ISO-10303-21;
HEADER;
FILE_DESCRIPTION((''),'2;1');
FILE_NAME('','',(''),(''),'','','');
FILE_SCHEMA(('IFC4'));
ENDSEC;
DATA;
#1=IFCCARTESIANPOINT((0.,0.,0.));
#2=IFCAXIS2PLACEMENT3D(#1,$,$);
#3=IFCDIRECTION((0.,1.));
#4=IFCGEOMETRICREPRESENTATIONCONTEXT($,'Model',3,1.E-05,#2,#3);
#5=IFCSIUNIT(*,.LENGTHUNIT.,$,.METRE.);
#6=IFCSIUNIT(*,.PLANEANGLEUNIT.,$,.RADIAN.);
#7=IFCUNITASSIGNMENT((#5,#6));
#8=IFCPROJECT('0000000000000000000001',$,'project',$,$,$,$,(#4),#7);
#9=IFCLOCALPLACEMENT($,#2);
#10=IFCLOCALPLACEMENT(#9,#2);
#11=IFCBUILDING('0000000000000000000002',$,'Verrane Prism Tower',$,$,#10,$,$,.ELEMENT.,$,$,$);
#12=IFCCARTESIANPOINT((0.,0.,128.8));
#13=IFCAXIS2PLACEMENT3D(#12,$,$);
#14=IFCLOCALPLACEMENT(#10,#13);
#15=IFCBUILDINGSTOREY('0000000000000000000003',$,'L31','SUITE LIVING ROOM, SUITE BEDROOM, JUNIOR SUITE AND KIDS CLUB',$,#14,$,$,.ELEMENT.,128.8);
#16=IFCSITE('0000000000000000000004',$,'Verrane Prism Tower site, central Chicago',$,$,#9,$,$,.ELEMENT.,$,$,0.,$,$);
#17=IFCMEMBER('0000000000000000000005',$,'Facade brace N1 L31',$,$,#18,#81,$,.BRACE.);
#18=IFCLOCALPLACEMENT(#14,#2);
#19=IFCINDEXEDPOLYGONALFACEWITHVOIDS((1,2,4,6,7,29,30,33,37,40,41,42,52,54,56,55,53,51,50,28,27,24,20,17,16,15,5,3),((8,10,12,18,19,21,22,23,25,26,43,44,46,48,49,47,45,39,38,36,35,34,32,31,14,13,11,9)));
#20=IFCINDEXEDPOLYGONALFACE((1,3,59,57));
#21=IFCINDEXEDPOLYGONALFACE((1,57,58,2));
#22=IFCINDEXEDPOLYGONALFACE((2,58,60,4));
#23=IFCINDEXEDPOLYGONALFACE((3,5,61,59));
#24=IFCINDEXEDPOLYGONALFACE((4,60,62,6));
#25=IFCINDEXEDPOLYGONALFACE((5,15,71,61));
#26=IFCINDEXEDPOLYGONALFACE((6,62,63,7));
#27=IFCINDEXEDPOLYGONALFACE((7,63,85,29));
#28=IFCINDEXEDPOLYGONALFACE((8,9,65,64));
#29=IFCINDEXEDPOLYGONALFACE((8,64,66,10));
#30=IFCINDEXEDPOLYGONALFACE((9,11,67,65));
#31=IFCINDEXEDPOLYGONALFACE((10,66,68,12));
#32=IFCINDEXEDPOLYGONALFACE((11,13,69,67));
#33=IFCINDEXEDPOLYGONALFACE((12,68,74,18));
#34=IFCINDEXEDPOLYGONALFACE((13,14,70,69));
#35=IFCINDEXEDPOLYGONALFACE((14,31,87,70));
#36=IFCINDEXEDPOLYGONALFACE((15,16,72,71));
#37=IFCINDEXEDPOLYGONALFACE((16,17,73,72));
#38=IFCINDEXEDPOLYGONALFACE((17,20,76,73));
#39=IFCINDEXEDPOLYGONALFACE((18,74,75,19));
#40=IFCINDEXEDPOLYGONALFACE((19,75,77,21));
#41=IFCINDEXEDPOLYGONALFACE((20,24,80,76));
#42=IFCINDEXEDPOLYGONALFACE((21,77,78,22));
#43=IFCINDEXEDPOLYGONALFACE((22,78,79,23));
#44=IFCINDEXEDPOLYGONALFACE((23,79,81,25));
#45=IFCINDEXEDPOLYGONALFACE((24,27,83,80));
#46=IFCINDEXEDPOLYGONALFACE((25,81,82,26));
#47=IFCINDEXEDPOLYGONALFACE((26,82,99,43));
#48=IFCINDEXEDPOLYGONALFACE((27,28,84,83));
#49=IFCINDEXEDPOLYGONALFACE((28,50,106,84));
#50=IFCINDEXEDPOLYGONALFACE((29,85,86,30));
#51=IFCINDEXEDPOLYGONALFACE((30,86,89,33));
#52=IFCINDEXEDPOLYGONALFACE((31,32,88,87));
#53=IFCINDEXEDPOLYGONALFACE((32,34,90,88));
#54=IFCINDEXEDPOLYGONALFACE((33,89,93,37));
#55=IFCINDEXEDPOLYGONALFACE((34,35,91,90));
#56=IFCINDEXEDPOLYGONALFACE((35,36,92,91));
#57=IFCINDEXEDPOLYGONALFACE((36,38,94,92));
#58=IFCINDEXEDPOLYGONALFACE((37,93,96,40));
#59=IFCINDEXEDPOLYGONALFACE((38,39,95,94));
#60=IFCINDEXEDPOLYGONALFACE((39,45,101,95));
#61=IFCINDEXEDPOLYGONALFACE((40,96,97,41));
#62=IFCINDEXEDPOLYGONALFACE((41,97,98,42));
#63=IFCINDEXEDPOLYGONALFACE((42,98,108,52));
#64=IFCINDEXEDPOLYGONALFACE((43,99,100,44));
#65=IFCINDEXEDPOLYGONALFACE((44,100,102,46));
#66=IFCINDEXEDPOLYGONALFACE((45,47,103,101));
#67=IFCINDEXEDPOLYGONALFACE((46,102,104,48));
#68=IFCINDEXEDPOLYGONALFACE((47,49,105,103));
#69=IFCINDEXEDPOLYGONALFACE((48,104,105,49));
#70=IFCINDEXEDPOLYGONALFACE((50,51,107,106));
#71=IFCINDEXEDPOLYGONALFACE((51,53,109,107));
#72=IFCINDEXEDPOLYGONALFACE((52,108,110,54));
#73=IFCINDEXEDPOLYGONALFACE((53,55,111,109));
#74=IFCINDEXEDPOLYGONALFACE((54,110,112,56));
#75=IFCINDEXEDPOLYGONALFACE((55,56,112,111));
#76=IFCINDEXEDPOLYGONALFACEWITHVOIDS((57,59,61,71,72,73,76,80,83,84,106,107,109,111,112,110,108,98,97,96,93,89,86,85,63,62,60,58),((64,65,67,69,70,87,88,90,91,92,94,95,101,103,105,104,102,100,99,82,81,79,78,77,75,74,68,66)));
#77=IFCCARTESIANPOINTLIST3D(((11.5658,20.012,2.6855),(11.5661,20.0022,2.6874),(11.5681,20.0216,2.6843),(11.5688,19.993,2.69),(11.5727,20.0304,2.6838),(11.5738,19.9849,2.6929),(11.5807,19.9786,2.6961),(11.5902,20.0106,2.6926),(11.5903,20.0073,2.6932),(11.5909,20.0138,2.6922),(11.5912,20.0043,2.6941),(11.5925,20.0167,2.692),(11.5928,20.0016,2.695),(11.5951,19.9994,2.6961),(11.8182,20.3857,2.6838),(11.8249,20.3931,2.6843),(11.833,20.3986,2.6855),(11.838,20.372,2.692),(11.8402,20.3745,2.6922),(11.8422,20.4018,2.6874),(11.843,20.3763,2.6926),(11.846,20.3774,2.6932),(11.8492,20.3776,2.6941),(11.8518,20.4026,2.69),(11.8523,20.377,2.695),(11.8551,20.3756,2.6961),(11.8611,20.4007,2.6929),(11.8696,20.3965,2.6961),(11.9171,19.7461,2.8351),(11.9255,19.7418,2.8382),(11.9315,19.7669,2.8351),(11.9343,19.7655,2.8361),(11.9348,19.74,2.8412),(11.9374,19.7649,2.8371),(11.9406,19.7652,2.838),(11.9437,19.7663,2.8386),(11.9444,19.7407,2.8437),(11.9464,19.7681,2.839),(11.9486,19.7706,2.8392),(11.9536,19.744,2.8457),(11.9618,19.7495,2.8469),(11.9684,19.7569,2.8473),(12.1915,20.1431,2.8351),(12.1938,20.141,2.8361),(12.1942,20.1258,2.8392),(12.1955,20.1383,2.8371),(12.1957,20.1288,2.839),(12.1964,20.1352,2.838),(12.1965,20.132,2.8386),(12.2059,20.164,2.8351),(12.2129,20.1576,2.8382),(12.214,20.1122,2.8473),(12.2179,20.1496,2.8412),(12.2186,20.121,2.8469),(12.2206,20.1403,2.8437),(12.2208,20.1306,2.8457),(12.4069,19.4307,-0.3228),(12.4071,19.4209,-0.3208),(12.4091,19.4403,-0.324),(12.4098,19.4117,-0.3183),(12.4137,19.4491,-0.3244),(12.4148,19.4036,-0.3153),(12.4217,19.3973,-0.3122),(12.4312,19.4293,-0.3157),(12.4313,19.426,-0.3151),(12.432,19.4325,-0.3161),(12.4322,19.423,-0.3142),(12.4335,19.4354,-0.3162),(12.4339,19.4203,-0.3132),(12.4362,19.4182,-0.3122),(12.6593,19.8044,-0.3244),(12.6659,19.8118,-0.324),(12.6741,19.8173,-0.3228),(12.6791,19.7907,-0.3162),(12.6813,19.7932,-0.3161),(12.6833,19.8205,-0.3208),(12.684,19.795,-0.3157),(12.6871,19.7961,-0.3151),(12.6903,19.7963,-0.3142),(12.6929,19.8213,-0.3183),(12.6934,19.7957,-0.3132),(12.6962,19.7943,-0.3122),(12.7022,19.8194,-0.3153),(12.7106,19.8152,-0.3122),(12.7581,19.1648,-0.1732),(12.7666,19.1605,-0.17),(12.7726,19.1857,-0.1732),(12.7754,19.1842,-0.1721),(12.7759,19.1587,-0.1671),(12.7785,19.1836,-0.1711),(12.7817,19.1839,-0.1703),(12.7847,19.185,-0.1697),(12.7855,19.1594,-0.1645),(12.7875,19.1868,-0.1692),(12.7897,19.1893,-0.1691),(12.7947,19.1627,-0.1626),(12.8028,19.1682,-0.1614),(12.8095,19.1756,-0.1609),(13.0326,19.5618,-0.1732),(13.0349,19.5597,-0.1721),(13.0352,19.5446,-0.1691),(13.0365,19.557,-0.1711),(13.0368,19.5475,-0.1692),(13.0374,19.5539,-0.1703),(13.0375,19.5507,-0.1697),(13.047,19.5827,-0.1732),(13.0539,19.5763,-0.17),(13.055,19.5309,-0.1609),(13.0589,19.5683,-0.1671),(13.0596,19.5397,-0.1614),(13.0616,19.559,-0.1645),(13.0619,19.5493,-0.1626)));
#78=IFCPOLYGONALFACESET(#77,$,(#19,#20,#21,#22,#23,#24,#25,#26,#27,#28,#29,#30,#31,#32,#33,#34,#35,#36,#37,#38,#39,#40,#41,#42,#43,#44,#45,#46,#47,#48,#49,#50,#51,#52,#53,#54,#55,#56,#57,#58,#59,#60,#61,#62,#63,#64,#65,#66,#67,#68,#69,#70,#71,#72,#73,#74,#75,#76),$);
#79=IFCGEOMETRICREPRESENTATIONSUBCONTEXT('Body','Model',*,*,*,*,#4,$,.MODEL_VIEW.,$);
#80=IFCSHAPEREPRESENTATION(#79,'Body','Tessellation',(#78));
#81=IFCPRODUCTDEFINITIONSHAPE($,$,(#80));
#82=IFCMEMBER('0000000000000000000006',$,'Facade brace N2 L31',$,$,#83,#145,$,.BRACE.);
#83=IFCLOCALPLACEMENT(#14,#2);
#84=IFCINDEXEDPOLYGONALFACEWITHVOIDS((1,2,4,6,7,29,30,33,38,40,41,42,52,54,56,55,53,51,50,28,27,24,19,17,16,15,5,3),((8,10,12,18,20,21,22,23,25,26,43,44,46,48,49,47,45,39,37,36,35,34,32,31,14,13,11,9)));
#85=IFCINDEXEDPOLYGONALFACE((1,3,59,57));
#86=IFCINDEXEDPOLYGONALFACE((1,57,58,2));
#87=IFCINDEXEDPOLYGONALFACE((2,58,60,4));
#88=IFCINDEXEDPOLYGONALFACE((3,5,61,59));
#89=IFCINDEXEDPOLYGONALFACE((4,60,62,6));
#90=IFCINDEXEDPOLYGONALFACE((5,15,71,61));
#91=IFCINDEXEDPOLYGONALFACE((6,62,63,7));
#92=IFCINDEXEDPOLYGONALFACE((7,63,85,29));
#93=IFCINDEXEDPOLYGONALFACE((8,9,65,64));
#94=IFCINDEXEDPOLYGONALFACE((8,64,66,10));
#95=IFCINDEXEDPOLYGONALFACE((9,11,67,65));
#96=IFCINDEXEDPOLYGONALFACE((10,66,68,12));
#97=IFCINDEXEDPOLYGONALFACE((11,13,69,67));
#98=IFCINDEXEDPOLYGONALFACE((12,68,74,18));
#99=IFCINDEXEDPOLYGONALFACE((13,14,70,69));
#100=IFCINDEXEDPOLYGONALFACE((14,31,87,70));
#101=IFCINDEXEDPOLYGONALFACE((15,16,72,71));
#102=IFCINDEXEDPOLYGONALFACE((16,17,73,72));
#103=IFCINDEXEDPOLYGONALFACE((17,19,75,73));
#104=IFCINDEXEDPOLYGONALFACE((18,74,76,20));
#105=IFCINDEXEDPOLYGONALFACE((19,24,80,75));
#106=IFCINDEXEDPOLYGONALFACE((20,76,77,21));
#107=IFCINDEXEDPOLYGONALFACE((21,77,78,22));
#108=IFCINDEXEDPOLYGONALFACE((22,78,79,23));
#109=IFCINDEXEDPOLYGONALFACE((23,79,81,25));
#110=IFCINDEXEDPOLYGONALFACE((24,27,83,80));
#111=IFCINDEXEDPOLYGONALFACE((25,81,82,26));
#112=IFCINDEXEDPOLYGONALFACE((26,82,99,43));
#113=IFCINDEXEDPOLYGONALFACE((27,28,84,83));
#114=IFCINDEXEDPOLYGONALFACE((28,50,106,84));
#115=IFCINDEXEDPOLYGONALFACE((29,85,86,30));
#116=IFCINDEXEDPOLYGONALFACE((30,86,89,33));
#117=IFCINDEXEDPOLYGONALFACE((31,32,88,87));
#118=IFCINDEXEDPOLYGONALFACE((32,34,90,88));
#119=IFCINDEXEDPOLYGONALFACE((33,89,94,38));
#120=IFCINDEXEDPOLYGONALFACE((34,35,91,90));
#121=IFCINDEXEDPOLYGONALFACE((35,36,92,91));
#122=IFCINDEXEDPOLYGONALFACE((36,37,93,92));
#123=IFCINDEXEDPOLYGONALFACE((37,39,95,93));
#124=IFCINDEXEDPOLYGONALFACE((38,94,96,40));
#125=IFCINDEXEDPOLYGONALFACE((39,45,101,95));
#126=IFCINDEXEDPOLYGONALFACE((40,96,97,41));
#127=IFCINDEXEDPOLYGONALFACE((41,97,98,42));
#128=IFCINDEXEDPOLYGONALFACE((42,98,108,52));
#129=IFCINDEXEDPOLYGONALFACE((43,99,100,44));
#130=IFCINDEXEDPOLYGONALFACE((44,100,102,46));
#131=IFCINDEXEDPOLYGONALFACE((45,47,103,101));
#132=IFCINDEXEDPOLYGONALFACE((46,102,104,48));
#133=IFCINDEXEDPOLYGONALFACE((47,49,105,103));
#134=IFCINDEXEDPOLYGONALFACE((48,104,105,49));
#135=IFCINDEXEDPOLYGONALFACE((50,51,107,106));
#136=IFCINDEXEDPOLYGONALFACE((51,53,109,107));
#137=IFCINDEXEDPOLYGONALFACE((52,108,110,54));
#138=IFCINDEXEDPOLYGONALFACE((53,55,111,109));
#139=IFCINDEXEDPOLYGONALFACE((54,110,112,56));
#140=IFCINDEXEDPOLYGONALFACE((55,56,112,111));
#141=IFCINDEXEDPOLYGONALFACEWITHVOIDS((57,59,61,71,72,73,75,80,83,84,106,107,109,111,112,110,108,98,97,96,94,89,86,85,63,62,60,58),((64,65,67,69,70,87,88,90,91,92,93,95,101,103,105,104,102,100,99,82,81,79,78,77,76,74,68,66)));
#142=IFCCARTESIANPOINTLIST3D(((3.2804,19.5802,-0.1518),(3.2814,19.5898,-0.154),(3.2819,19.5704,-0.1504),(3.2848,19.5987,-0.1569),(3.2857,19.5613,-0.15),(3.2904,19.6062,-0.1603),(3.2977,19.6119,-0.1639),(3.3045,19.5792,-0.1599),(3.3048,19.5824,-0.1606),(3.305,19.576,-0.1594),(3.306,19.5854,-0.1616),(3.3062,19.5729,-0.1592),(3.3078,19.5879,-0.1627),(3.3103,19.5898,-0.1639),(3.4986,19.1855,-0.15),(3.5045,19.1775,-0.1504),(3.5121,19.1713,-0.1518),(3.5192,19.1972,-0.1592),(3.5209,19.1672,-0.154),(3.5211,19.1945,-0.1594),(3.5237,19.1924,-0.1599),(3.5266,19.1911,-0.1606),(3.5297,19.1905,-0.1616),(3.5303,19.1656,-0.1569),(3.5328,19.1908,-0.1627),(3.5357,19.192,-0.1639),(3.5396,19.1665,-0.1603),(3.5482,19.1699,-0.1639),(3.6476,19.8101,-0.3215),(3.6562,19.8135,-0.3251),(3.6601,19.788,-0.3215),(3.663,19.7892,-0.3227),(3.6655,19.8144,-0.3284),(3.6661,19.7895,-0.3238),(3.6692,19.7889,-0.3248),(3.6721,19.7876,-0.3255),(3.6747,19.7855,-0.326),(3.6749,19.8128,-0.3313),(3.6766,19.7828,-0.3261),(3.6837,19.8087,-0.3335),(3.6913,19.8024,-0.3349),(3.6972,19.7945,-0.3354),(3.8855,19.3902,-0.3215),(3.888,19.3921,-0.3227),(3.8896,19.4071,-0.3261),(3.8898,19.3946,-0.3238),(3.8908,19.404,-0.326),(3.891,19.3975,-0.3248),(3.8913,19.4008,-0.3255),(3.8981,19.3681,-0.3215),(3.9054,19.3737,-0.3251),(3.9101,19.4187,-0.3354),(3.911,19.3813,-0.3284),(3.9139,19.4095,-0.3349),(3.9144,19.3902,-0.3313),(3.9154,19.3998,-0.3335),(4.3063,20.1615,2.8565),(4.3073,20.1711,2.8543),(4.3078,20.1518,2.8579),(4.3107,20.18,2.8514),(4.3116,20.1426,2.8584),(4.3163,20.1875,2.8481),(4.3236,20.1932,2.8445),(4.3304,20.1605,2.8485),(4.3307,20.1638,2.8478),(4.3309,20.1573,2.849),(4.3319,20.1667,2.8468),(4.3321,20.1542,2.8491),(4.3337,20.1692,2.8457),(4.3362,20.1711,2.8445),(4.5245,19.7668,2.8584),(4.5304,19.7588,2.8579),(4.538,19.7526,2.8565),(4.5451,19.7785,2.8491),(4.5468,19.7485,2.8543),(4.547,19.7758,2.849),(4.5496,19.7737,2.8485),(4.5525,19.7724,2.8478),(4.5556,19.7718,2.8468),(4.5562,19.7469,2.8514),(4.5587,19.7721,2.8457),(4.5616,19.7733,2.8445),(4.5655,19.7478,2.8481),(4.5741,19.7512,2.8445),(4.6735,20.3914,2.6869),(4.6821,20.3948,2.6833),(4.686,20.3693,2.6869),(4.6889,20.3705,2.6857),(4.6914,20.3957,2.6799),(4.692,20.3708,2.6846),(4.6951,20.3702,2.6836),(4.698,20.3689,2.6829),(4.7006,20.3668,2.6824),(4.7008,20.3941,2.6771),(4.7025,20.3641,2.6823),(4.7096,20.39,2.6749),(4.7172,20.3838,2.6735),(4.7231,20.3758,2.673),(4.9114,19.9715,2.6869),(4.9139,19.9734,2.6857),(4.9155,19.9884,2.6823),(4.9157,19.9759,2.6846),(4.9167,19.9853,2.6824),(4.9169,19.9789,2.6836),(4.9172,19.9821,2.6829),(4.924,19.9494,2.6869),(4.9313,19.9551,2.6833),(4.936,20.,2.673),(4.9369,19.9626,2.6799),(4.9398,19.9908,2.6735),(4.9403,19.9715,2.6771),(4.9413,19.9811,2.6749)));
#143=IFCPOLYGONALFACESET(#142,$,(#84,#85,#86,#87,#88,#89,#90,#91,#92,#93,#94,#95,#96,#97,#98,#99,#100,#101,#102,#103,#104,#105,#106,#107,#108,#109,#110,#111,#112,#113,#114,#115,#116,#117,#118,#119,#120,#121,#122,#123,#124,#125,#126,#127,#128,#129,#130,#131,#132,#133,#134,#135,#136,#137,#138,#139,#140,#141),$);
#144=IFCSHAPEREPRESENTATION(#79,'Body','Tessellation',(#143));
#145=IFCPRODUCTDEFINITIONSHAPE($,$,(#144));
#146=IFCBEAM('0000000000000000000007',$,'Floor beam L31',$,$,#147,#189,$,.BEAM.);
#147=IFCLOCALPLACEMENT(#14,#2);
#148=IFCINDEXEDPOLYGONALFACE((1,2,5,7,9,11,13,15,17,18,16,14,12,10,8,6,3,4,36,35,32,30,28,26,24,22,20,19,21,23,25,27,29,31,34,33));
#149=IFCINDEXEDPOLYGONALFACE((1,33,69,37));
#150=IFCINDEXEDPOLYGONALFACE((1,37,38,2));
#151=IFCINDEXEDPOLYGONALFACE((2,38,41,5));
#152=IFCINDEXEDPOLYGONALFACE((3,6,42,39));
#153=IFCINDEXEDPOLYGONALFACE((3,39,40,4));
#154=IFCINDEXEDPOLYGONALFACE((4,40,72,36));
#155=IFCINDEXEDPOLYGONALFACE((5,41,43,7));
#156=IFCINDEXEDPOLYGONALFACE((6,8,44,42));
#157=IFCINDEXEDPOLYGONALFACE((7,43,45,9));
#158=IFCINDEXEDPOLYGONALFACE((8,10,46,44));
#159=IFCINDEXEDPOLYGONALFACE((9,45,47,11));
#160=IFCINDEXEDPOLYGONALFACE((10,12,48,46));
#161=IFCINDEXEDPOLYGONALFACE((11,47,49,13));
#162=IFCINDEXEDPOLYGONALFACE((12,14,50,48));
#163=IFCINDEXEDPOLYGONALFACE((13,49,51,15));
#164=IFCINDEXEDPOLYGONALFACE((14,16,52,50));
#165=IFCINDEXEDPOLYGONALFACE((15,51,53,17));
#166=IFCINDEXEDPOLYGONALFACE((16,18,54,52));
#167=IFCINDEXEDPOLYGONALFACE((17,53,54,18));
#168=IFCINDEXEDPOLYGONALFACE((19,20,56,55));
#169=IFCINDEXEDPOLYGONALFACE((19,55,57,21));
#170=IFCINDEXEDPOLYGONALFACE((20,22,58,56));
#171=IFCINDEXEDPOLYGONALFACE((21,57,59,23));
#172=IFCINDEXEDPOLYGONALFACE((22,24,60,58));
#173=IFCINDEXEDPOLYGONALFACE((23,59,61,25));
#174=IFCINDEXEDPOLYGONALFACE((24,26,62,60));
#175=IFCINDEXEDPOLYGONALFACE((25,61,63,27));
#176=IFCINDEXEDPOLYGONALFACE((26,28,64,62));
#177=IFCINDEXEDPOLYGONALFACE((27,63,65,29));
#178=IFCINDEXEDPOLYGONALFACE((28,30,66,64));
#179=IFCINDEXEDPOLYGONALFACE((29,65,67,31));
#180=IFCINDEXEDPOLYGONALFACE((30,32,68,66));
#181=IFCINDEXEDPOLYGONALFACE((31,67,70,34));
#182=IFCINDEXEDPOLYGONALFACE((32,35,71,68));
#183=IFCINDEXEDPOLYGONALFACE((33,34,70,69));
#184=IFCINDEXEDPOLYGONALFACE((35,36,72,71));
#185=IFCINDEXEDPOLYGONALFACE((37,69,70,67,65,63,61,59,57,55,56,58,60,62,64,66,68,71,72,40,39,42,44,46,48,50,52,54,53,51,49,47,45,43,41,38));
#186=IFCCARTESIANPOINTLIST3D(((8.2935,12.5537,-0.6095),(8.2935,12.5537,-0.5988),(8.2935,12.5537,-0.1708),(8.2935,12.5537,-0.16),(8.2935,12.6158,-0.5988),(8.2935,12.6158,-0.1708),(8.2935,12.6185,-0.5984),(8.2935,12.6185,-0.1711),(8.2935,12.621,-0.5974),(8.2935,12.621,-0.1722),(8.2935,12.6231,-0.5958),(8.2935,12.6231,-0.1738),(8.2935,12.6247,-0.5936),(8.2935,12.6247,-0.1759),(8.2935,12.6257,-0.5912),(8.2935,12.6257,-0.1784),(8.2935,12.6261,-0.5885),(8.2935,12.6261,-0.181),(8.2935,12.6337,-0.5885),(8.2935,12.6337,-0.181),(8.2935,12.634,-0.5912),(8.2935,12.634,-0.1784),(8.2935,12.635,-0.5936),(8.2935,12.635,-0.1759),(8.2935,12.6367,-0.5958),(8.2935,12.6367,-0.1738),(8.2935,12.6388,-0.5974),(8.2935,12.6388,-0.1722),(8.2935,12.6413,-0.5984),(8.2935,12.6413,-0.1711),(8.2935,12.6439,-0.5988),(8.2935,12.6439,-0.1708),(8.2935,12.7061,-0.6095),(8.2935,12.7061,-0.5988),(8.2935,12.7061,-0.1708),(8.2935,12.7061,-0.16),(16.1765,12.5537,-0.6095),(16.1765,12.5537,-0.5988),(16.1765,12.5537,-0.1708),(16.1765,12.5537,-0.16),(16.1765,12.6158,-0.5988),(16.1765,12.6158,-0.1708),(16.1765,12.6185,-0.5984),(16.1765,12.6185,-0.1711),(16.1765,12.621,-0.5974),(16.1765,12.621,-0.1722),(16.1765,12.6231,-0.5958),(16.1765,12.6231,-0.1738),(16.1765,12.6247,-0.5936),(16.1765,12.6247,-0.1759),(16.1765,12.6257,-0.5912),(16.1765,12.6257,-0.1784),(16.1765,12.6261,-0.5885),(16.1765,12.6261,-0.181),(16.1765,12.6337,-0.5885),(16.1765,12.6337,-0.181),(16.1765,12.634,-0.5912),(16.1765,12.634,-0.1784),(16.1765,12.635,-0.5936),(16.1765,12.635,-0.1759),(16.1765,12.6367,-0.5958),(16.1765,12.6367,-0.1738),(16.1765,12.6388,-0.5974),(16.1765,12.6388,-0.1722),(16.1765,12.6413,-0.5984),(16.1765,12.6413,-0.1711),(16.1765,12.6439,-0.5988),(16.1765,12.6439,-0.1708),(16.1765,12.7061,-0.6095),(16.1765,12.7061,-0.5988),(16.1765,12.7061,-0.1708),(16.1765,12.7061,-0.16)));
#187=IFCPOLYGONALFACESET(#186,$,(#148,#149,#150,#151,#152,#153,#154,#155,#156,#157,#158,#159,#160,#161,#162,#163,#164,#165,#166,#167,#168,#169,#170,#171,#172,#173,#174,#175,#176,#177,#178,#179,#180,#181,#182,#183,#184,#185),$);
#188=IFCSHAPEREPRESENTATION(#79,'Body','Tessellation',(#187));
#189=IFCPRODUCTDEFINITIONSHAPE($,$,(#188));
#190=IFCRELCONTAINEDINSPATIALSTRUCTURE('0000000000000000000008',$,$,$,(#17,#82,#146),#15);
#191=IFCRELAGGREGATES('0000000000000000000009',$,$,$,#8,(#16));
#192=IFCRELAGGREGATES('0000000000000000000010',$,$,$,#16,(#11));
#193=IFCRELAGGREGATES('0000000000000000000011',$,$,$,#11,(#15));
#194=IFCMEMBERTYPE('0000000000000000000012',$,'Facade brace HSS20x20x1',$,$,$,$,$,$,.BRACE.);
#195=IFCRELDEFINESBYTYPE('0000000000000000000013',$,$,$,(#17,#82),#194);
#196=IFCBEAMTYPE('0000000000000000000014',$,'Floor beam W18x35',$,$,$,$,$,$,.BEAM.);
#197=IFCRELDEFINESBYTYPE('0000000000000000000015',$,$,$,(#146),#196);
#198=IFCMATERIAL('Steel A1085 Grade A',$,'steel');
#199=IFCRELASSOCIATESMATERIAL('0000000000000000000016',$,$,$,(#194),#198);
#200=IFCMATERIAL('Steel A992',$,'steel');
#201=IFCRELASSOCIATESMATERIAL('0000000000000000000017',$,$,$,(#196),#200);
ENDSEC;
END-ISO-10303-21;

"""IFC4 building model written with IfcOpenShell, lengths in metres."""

from ifc_helpers import new_model, si_unit, direction, frame, origin, origin_2d, place, context, subcontext, project, spatial, hollow_rectangle, i_section, extrude, material, material_profile, profile_set, type_object, element, save


model = new_model("IFC4")

# Units and contexts
model_context = context("Model", 3, precision=1e-05, world=origin(), true_north=direction((0.0, 1.0)))
body_context = subcontext(model_context, "Body", "Model", "MODEL_VIEW")
ifc_project = project(units=[si_unit("LENGTHUNIT", "METRE"), si_unit("PLANEANGLEUNIT", "RADIAN")], contexts=[model_context])

# Site, building, storey
site_placement = place(None, origin())
site = spatial("IfcSite", under=ifc_project, at=site_placement, Name="Verrane Prism Tower site, central Chicago", CompositionType="ELEMENT", RefElevation=0.0)
building_placement = place(site_placement, origin())
building = spatial("IfcBuilding", under=site, at=building_placement, Name="Verrane Prism Tower", CompositionType="ELEMENT")
storey_placement = place(building_placement, frame((0.0, 0.0, 128.8)))
storey = spatial("IfcBuildingStorey", under=building, at=storey_placement, Name="L31", Description="SUITE LIVING ROOM, SUITE BEDROOM, JUNIOR SUITE AND KIDS CLUB", CompositionType="ELEMENT", Elevation=128.8)

# Members
ifc_material_1 = material(Name="Steel A1085 Grade A", Category="steel")
ifc_material_profile_1 = material_profile(ifc_material_1, hollow_rectangle(XDim=0.5081, YDim=0.5081, WallThickness=0.0254, InnerFilletRadius=0.0127, OuterFilletRadius=0.0381, at=origin_2d()), Name="HSS20x20x1")
ifc_profile_set_1 = profile_set([ifc_material_profile_1], Name="Steel A1085 Grade A")
member_type_1 = type_object("IfcMemberType", Name="Facade brace HSS20x20x1", PredefinedType="BRACE", material=ifc_profile_set_1)
member_1_placement = place(storey_placement, frame((12.7344, 19.49, -0.2427), z_axis=(-0.264711, 0.182954, 0.946813), x_axis=(-0.568564, -0.822639, 0.0)))
element("IfcMember", 1, at=member_1_placement, inside=storey, type_object=member_type_1, Name="Facade brace N1 L31", PredefinedType="BRACE", context=body_context, shape_type="SweptSolid", body=[
    extrude(hollow_rectangle(XDim=0.5081, YDim=0.5081, WallThickness=0.0254, InnerFilletRadius=0.0127, OuterFilletRadius=0.0381, at=origin_2d()), origin(), (0.0, 0.0, 1.0), 3.1772),
])
member_2_placement = place(storey_placement, frame((3.5979, 19.49, -0.2427), z_axis=(0.317498, 0.179906, 0.931036), x_axis=(-0.492992, 0.870034, 0.0)))
element("IfcMember", 2, at=member_2_placement, inside=storey, type_object=member_type_1, Name="Facade brace N2 L31", PredefinedType="BRACE", context=body_context, shape_type="SweptSolid", body=[
    extrude(hollow_rectangle(XDim=0.5081, YDim=0.5081, WallThickness=0.0254, InnerFilletRadius=0.0127, OuterFilletRadius=0.0381, at=origin_2d()), origin(), (0.0, 0.0, 1.0), 3.2312),
])

# Beam
ifc_material_2 = material(Name="Steel A992", Category="steel")
ifc_material_profile_2 = material_profile(ifc_material_2, i_section(OverallWidth=0.1523, OverallDepth=0.4495, WebThickness=0.0076, FlangeThickness=0.0107, FilletRadius=0.0103, at=origin_2d()), Name="W18x35")
ifc_profile_set_2 = profile_set([ifc_material_profile_2], Name="Steel A992")
beam_type_1 = type_object("IfcBeamType", Name="Floor beam W18x35", PredefinedType="BEAM", material=ifc_profile_set_2)
for number, where, z_axis, x_axis, name in (
    (3, (8.2935, 12.6299, -0.3848), (1.0, 0.0, 0.0), (0.0, 1.0, 0.0), "Floor beam L31"),
):
    element("IfcBeam", number, at=place(storey_placement, frame(where, z_axis=z_axis, x_axis=x_axis)), inside=storey, type_object=beam_type_1, Name=name, PredefinedType="BEAM", context=body_context, shape_type="SweptSolid", body=[
        extrude(i_section(OverallWidth=0.1523, OverallDepth=0.4495, WebThickness=0.0076, FlangeThickness=0.0107, FilletRadius=0.0103, at=origin_2d()), origin(), (0.0, 0.0, 1.0), 7.8831),
    ])

save(model, "model.ifc")
